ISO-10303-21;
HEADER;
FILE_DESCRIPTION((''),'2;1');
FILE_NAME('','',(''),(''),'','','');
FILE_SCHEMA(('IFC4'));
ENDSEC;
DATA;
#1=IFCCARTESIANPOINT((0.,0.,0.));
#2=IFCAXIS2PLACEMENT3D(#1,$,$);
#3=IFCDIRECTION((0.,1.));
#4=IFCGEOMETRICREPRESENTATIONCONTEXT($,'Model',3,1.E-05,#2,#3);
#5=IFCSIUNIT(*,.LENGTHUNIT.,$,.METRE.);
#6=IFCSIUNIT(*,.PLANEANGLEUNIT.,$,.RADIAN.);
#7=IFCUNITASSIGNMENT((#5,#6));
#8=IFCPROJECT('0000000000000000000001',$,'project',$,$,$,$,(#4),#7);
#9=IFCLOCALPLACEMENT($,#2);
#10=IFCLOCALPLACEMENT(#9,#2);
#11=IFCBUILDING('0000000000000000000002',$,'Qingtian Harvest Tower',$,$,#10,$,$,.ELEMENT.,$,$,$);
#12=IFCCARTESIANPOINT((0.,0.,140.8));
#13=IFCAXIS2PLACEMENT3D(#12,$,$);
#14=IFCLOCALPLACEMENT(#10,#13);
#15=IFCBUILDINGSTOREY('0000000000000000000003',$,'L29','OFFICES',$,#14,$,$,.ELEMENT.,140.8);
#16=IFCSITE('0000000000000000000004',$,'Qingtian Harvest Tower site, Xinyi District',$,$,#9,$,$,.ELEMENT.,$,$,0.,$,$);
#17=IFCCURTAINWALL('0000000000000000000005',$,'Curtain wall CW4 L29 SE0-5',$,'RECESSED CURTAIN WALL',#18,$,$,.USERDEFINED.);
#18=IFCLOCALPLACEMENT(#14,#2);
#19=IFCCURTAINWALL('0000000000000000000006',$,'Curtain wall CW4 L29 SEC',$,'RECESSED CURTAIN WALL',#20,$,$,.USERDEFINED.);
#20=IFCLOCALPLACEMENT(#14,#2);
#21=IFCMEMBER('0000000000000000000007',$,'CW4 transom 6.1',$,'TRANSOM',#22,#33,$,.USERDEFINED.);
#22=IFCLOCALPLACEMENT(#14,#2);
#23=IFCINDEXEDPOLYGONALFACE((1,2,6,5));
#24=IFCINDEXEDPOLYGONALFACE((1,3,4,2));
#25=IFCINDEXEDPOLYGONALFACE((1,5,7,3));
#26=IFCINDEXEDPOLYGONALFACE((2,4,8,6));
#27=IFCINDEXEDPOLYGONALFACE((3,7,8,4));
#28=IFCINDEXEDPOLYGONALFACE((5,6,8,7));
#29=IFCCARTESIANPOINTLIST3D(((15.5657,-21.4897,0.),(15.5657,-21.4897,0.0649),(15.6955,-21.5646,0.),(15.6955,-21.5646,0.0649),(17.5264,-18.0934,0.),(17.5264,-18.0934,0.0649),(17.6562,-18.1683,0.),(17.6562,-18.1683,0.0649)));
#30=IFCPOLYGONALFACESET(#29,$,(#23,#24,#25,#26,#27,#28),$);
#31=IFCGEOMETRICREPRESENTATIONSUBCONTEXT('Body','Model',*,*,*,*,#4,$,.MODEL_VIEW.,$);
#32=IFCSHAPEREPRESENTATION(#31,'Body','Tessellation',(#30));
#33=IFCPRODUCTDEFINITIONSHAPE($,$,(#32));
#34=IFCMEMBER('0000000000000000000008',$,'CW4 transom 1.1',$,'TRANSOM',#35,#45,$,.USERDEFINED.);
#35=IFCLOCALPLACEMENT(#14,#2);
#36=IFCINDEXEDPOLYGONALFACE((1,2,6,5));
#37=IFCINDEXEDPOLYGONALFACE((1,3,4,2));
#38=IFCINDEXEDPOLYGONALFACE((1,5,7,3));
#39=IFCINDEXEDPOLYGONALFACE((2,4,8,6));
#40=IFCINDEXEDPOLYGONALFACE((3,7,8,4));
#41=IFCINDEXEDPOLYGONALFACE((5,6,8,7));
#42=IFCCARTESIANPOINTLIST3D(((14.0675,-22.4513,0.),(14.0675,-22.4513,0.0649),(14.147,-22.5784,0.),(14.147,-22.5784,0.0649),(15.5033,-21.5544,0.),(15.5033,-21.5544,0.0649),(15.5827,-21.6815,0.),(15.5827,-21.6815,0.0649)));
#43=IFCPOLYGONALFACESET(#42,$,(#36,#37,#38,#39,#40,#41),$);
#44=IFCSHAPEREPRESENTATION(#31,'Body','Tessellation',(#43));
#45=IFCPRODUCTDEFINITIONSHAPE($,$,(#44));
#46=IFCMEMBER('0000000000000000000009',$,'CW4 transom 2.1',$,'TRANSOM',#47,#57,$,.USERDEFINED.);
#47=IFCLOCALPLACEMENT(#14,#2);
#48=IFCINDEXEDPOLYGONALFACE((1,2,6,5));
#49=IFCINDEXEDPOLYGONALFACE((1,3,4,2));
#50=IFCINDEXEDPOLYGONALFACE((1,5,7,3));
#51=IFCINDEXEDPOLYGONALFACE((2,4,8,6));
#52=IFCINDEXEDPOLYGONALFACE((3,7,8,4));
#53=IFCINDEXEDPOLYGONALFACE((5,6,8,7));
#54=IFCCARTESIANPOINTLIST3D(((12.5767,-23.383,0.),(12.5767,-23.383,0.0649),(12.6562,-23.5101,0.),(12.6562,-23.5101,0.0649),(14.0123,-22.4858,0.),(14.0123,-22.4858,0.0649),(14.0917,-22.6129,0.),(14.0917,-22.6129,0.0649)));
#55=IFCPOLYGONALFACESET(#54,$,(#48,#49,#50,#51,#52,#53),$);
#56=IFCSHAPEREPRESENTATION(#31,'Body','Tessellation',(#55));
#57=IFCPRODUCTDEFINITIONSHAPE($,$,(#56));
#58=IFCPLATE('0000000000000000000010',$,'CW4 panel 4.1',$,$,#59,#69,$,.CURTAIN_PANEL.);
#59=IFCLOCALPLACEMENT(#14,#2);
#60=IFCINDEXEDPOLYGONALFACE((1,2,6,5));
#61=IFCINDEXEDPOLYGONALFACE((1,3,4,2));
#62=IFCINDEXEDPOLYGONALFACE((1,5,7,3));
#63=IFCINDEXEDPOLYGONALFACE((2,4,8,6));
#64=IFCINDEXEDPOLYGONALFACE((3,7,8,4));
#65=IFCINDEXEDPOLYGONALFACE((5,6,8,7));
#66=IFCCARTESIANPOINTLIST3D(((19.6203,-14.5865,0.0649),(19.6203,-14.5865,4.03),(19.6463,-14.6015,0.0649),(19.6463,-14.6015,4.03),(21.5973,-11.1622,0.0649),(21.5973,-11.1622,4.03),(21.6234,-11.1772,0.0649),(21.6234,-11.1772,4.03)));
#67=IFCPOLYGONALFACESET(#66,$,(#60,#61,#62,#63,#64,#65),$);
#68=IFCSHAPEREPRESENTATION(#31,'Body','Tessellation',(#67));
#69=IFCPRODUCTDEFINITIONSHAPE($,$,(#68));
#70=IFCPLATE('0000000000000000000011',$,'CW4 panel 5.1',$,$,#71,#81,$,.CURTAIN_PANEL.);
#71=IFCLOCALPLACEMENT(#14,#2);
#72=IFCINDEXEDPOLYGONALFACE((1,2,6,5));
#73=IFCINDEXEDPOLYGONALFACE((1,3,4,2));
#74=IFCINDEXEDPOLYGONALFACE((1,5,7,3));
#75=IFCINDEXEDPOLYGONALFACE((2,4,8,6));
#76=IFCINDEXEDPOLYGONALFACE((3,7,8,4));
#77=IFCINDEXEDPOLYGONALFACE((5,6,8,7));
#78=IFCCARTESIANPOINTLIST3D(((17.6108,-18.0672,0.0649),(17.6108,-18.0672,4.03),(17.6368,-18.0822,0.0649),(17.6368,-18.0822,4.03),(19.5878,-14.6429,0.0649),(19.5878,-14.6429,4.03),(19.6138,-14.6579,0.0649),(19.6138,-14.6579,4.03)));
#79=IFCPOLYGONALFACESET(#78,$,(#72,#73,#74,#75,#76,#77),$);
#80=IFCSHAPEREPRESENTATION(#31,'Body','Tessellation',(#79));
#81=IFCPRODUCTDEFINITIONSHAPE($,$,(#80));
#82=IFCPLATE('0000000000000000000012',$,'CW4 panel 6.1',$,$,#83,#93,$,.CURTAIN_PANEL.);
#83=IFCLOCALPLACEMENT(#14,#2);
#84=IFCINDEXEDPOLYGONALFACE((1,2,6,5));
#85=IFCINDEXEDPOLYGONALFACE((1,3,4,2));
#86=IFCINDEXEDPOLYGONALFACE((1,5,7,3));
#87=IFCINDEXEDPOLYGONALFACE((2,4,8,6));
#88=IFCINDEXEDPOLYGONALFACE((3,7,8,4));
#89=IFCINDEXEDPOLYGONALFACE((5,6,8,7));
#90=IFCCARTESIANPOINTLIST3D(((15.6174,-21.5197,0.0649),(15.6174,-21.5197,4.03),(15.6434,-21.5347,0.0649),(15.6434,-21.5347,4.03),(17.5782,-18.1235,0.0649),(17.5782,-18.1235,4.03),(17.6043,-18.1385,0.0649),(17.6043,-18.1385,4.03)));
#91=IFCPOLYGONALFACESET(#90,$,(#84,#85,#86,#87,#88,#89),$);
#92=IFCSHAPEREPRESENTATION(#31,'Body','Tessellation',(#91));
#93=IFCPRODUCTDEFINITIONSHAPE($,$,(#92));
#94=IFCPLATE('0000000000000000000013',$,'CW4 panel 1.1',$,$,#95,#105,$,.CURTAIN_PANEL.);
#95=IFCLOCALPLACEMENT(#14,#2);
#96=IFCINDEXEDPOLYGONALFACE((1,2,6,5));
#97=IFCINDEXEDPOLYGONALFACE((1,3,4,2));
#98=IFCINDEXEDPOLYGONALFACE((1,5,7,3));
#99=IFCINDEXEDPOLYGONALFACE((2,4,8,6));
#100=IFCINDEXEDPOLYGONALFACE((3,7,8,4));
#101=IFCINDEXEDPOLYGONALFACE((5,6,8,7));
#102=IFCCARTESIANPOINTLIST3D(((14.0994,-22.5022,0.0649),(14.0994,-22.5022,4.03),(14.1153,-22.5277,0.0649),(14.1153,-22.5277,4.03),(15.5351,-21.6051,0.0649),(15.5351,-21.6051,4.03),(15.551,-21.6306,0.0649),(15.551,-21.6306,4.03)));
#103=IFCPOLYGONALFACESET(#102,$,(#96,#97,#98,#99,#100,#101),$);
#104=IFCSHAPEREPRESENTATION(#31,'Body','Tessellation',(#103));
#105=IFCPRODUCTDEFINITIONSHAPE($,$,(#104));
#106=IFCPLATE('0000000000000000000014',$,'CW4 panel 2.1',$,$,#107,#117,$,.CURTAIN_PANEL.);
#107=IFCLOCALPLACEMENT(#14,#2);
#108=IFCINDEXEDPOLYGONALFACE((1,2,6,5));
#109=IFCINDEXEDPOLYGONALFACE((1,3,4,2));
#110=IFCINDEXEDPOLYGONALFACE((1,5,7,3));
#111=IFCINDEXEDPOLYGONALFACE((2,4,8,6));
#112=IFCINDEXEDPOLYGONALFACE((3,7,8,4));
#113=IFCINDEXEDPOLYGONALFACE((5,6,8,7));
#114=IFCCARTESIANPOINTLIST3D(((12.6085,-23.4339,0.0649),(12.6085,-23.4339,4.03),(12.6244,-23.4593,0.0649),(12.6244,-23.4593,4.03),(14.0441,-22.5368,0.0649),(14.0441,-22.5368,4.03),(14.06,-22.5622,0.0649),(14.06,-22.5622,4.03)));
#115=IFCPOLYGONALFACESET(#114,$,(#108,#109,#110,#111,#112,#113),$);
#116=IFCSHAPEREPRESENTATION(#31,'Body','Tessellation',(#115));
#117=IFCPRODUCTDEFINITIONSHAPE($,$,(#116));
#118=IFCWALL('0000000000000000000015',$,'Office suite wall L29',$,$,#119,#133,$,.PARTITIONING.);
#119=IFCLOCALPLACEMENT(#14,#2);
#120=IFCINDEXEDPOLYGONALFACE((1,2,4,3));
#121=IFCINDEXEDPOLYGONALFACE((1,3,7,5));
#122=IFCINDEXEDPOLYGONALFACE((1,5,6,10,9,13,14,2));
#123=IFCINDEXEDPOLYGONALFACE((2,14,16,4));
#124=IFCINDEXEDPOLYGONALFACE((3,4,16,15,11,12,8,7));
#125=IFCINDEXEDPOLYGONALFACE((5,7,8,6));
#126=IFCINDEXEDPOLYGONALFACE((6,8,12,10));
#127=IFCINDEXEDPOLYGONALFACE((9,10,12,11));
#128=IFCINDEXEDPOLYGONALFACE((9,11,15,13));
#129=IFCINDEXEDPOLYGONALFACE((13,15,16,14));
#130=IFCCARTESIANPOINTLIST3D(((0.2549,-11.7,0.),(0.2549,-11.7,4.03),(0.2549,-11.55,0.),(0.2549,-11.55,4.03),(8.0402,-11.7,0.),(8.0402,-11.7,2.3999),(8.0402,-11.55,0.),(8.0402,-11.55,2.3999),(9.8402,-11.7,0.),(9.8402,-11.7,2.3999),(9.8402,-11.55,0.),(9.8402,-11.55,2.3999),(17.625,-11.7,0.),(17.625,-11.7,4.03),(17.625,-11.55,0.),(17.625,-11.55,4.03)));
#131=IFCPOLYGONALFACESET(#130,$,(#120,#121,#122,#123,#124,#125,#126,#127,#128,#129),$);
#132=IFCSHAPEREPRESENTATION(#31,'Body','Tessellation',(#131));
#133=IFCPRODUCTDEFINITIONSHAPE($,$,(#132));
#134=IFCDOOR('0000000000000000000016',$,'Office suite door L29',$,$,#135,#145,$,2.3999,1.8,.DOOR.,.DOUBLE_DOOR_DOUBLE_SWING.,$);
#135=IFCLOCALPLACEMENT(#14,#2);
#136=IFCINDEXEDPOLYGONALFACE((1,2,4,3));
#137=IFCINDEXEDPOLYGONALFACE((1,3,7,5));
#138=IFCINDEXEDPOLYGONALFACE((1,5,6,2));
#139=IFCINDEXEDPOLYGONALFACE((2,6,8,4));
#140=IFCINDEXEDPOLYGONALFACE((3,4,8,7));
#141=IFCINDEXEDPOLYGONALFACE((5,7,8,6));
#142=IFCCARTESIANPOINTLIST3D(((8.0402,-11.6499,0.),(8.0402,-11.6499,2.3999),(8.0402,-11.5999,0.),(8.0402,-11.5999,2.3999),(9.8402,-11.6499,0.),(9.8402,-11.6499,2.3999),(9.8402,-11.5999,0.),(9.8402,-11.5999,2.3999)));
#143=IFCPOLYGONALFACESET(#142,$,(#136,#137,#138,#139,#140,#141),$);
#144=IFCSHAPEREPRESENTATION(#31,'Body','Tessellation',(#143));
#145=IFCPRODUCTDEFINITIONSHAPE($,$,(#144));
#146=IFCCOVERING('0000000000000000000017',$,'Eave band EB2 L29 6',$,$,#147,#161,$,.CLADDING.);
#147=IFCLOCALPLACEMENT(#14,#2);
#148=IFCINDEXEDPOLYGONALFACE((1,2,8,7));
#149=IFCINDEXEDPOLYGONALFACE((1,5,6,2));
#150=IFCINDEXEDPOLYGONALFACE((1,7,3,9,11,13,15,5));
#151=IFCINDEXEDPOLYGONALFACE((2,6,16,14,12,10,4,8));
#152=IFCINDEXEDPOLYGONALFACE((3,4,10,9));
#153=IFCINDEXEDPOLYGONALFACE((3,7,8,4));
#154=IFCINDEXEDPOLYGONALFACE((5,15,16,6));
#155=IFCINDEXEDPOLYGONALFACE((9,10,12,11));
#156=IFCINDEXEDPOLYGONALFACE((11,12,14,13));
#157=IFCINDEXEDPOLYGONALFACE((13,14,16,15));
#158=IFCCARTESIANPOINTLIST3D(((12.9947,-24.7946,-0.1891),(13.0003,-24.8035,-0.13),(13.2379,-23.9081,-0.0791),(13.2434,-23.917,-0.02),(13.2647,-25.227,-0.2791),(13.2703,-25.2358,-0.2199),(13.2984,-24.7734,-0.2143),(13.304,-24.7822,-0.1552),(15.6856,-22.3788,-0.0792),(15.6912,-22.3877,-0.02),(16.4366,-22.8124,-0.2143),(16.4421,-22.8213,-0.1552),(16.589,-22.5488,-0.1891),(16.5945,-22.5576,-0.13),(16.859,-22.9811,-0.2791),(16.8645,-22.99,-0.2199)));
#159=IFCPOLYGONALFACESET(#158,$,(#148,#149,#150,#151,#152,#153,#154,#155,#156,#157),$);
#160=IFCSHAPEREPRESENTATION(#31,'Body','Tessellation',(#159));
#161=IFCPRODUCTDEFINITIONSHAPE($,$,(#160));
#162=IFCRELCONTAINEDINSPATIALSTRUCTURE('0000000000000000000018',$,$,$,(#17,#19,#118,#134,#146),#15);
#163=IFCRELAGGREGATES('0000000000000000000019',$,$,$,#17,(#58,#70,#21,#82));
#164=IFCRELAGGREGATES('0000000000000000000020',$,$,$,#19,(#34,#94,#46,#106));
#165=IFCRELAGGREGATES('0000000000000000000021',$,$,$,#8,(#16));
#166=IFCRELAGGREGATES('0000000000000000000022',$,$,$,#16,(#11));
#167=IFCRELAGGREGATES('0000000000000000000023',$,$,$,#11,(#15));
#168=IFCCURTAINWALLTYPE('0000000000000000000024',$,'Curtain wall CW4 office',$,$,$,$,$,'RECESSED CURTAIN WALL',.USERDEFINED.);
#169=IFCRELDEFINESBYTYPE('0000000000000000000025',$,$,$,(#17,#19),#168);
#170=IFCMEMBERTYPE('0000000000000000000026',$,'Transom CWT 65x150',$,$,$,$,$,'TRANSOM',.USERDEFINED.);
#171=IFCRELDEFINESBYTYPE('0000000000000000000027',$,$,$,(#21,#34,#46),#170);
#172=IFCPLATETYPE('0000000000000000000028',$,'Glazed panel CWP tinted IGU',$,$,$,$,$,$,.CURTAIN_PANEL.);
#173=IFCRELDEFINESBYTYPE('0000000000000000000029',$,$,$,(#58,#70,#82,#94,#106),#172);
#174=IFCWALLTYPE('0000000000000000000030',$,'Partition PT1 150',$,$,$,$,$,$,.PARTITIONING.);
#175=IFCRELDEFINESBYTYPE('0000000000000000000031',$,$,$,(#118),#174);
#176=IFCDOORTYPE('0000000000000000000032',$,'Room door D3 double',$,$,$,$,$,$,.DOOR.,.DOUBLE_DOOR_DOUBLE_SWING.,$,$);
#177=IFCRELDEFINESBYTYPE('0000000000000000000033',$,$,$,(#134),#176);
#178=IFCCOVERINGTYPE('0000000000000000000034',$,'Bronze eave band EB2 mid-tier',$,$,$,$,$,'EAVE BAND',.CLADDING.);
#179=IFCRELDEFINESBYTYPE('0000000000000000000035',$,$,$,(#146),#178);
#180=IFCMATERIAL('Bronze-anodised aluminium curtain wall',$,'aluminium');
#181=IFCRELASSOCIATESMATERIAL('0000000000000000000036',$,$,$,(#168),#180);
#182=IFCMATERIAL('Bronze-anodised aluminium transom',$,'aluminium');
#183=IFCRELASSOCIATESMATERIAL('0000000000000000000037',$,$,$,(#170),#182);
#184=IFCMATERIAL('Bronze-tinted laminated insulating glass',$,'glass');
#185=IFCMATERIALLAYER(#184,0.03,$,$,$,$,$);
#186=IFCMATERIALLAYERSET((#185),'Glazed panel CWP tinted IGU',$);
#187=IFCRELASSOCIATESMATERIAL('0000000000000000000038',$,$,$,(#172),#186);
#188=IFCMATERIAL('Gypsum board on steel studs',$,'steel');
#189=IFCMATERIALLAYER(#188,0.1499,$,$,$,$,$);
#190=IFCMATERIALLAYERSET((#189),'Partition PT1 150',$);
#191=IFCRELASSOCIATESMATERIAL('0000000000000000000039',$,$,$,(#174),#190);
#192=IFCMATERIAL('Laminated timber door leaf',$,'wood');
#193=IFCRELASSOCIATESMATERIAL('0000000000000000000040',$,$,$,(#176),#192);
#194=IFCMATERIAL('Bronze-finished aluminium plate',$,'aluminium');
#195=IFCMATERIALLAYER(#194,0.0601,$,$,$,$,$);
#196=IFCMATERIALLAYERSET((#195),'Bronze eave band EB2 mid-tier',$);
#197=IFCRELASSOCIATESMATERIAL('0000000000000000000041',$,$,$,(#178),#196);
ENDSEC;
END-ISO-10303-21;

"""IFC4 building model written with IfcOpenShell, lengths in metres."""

from ifc_helpers import new_model, si_unit, direction, frame, frame_2d, origin, origin_2d, place, context, subcontext, project, spatial, polyline, rectangle, outline, extrude, material, layer, layer_set, material_profile, profile_set, type_object, element, fill, aggregate, save


model = new_model("IFC4")

# Units and contexts
model_context = context("Model", 3, precision=1e-05, world=origin(), true_north=direction((0.0, 1.0)))
body_context = subcontext(model_context, "Body", "Model", "MODEL_VIEW")
ifc_project = project(units=[si_unit("LENGTHUNIT", "METRE"), si_unit("PLANEANGLEUNIT", "RADIAN")], contexts=[model_context])

# Site, building, storey
site_placement = place(None, origin())
site = spatial("IfcSite", under=ifc_project, at=site_placement, Name="Qingtian Harvest Tower site, Xinyi District", CompositionType="ELEMENT", RefElevation=0.0)
building_placement = place(site_placement, origin())
building = spatial("IfcBuilding", under=site, at=building_placement, Name="Qingtian Harvest Tower", CompositionType="ELEMENT")
storey_placement = place(building_placement, frame((0.0, 0.0, 140.8)))
storey = spatial("IfcBuildingStorey", under=building, at=storey_placement, Name="L29", Description="OFFICES", CompositionType="ELEMENT", Elevation=140.8)

# Curtain walls
ifc_material_1 = material(Name="Bronze-anodised aluminium curtain wall", Category="aluminium")
curtain_wall_type = type_object("IfcCurtainWallType", Name="Curtain wall CW4 office", ElementType="RECESSED CURTAIN WALL", PredefinedType="USERDEFINED", material=ifc_material_1)
curtain_wall_1_placement = place(storey_placement, origin())
curtain_wall_1 = element("IfcCurtainWall", 1, at=curtain_wall_1_placement, inside=storey, type_object=curtain_wall_type, Name="Curtain wall CW4 L29 SE0-5", ObjectType="RECESSED CURTAIN WALL", PredefinedType="USERDEFINED")
curtain_wall_2_placement = place(storey_placement, origin())
curtain_wall_2 = element("IfcCurtainWall", 2, at=curtain_wall_2_placement, inside=storey, type_object=curtain_wall_type, Name="Curtain wall CW4 L29 SEC", ObjectType="RECESSED CURTAIN WALL", PredefinedType="USERDEFINED")

# Members
ifc_material_2 = material(Name="Bronze-anodised aluminium transom", Category="aluminium")
ifc_material_profile_1 = material_profile(ifc_material_2, rectangle(XDim=0.1499, YDim=0.0649, at=origin_2d()), Name="AL 65x150")
ifc_profile_set_1 = profile_set([ifc_material_profile_1], Name="Bronze-anodised aluminium transom")
member_type_1 = type_object("IfcMemberType", Name="Transom CWT 65x150", ElementType="TRANSOM", PredefinedType="USERDEFINED", material=ifc_profile_set_1)
member_1_placement = place(storey_placement, frame((17.5913, -18.1309, 0.0325), z_axis=(-0.499976, -0.866039, 0.0), x_axis=(0.866039, -0.499976, 0.0)))
member_1 = element("IfcMember", 3, at=member_1_placement, type_object=member_type_1, Name="CW4 transom 6.1", ObjectType="TRANSOM", PredefinedType="USERDEFINED", context=body_context, shape_type="SweptSolid", body=[
    extrude(rectangle(XDim=0.1499, YDim=0.0649, at=origin_2d()), origin(), (0.0, 0.0, 1.0), 3.9216),
])
member_2_placement = place(storey_placement, frame((15.543, -21.6179, 0.0325), z_axis=(-0.848104, -0.52983, 0.0), x_axis=(0.52983, -0.848104, 0.0)))
member_2 = element("IfcMember", 4, at=member_2_placement, type_object=member_type_1, Name="CW4 transom 1.1", ObjectType="TRANSOM", PredefinedType="USERDEFINED", context=body_context, shape_type="SweptSolid", body=[
    extrude(rectangle(XDim=0.1499, YDim=0.0649, at=origin_2d()), origin(), (0.0, 0.0, 1.0), 1.6929),
])
member_3_placement = place(storey_placement, frame((14.052, -22.5493, 0.0325), z_axis=(-0.847998, -0.529999, 0.0), x_axis=(0.529999, -0.847998, 0.0)))
member_3 = element("IfcMember", 5, at=member_3_placement, type_object=member_type_1, Name="CW4 transom 2.1", ObjectType="TRANSOM", PredefinedType="USERDEFINED", context=body_context, shape_type="SweptSolid", body=[
    extrude(rectangle(XDim=0.1499, YDim=0.0649, at=origin_2d()), origin(), (0.0, 0.0, 1.0), 1.6929),
])

# Plates
ifc_material_3 = material(Name="Bronze-tinted laminated insulating glass", Category="glass")
ifc_layer_1 = layer(ifc_material_3, 0.03)
ifc_layer_set_1 = layer_set([ifc_layer_1], Name="Glazed panel CWP tinted IGU")
plate_type = type_object("IfcPlateType", Name="Glazed panel CWP tinted IGU", PredefinedType="CURTAIN_PANEL", material=ifc_layer_set_1)
plate_1_placement = place(storey_placement, frame((20.6218, -12.8818, 0.0649), z_axis=(0.0, 0.0, 1.0), x_axis=(-0.5, -0.866025, 0.0)))
plate_1 = element("IfcPlate", 6, at=plate_1_placement, type_object=plate_type, Name="CW4 panel 4.1", PredefinedType="CURTAIN_PANEL", context=body_context, shape_type="SweptSolid", body=[
    extrude(rectangle(XDim=3.9541, YDim=0.03, at=origin_2d()), origin(), (0.0, 0.0, 1.0), 3.9651),
])
plate_2_placement = place(storey_placement, frame((18.6123, -16.3625, 0.0649), z_axis=(0.0, 0.0, 1.0), x_axis=(-0.5, -0.866025, 0.0)))
plate_2 = element("IfcPlate", 7, at=plate_2_placement, type_object=plate_type, Name="CW4 panel 5.1", PredefinedType="CURTAIN_PANEL", context=body_context, shape_type="SweptSolid", body=[
    extrude(rectangle(XDim=3.9541, YDim=0.03, at=origin_2d()), origin(), (0.0, 0.0, 1.0), 3.9651),
])
plate_3_placement = place(storey_placement, frame((16.6108, -19.8291, 0.0649), z_axis=(0.0, 0.0, 1.0), x_axis=(-0.5, -0.866025, 0.0)))
plate_3 = element("IfcPlate", 8, at=plate_3_placement, type_object=plate_type, Name="CW4 panel 6.1", PredefinedType="CURTAIN_PANEL", context=body_context, shape_type="SweptSolid", body=[
    extrude(rectangle(XDim=3.9216, YDim=0.03, at=origin_2d()), origin(), (0.0, 0.0, 1.0), 3.9651),
])
aggregate(curtain_wall_1, [plate_1, plate_2, member_1, plate_3])
plate_4_placement = place(storey_placement, frame((14.8252, -22.0664, 0.0649), z_axis=(0.0, 0.0, 1.0), x_axis=(-0.848048, -0.529919, 0.0)))
plate_4 = element("IfcPlate", 9, at=plate_4_placement, type_object=plate_type, Name="CW4 panel 1.1", PredefinedType="CURTAIN_PANEL", context=body_context, shape_type="SweptSolid", body=[
    extrude(rectangle(XDim=1.6929, YDim=0.03, at=origin_2d()), origin(), (0.0, 0.0, 1.0), 3.9651),
])
plate_5_placement = place(storey_placement, frame((13.3342, -22.998, 0.0649), z_axis=(0.0, 0.0, 1.0), x_axis=(-0.848048, -0.529919, 0.0)))
plate_5 = element("IfcPlate", 10, at=plate_5_placement, type_object=plate_type, Name="CW4 panel 2.1", PredefinedType="CURTAIN_PANEL", context=body_context, shape_type="SweptSolid", body=[
    extrude(rectangle(XDim=1.6929, YDim=0.03, at=origin_2d()), origin(), (0.0, 0.0, 1.0), 3.9651),
])
aggregate(curtain_wall_2, [member_2, plate_4, member_3, plate_5])

# Wall, opening, door
ifc_material_4 = material(Name="Gypsum board on steel studs", Category="steel")
ifc_layer_2 = layer(ifc_material_4, 0.1499)
ifc_layer_set_2 = layer_set([ifc_layer_2], Name="Partition PT1 150")
wall_type = type_object("IfcWallType", Name="Partition PT1 150", PredefinedType="PARTITIONING", material=ifc_layer_set_2)
wall_placement = place(storey_placement, frame((17.625, -11.625, 0.0), z_axis=(0.0, 0.0, 1.0), x_axis=(-1.0, 0.0, 0.0)))
wall = element("IfcWall", 11, at=wall_placement, inside=storey, type_object=wall_type, Name="Office suite wall L29", PredefinedType="PARTITIONING", context=body_context, shape_type="SweptSolid", body=[
    extrude(rectangle(XDim=17.3701, YDim=0.1499, at=frame_2d((8.6851, 0.0))), origin(), (0.0, 0.0, 1.0), 4.03),
])
opening_placement = place(wall_placement, frame((7.7849, 0.0, 0.0)))
opening = element("IfcOpeningElement", 12, at=opening_placement, cuts=wall, PredefinedType="OPENING", context=body_context, shape_type="SweptSolid", body=[
    extrude(rectangle(XDim=1.8, YDim=2.3999, at=frame_2d((0.8999, 1.2))), frame((0.0, 0.085, 0.0), z_axis=(0.0, -1.0, 0.0), x_axis=(1.0, 0.0, 0.0)), (0.0, 0.0, 1.0), 0.1699),
])
ifc_material_5 = material(Name="Laminated timber door leaf", Category="wood")
door_type = type_object("IfcDoorType", Name="Room door D3 double", OperationType="DOUBLE_DOOR_DOUBLE_SWING", PredefinedType="DOOR", material=ifc_material_5)
door_placement = place(opening_placement, origin())
door = element("IfcDoor", 13, at=door_placement, inside=storey, type_object=door_type, Name="Office suite door L29", OperationType="DOUBLE_DOOR_DOUBLE_SWING", OverallHeight=2.3999, OverallWidth=1.8, PredefinedType="DOOR", context=body_context, shape_type="SweptSolid", body=[
    extrude(rectangle(XDim=1.8, YDim=2.3999, at=frame_2d((0.8999, 1.2))), frame((0.0, 0.0249, 0.0), z_axis=(0.0, -1.0, 0.0), x_axis=(1.0, 0.0, 0.0)), (0.0, 0.0, 1.0), 0.05),
])
fill(opening, door)

# Covering
ifc_material_6 = material(Name="Bronze-finished aluminium plate", Category="aluminium")
ifc_layer_3 = layer(ifc_material_6, 0.0601)
ifc_layer_set_3 = layer_set([ifc_layer_3], Name="Bronze eave band EB2 mid-tier")
covering_type = type_object("IfcCoveringType", Name="Bronze eave band EB2 mid-tier", ElementType="EAVE BAND", PredefinedType="CLADDING", material=ifc_layer_set_3)
covering_placement = place(storey_placement, frame((15.6912, -22.3877, -0.02), z_axis=(0.092113, -0.14742, 0.984775), x_axis=(0.855682, -0.494058, -0.153998)))
element("IfcCovering", 14, at=covering_placement, inside=storey, type_object=covering_type, Name="Eave band EB2 L29 6", PredefinedType="CLADDING", context=body_context, shape_type="SweptSolid", body=[
    extrude(outline(polyline([(0.0, 0.0), (0.8776, 0.0), (0.8739, 0.3055), (1.3324, 0.0653), (-0.6336, -3.6893), (-1.0921, -3.4491), (-0.8388, -3.2783), (-1.3389, -2.5569), (0.0, 0.0)])), origin(), (0.0, 0.0, -1.0), 0.0601),
])

save(model, "model.ifc")
